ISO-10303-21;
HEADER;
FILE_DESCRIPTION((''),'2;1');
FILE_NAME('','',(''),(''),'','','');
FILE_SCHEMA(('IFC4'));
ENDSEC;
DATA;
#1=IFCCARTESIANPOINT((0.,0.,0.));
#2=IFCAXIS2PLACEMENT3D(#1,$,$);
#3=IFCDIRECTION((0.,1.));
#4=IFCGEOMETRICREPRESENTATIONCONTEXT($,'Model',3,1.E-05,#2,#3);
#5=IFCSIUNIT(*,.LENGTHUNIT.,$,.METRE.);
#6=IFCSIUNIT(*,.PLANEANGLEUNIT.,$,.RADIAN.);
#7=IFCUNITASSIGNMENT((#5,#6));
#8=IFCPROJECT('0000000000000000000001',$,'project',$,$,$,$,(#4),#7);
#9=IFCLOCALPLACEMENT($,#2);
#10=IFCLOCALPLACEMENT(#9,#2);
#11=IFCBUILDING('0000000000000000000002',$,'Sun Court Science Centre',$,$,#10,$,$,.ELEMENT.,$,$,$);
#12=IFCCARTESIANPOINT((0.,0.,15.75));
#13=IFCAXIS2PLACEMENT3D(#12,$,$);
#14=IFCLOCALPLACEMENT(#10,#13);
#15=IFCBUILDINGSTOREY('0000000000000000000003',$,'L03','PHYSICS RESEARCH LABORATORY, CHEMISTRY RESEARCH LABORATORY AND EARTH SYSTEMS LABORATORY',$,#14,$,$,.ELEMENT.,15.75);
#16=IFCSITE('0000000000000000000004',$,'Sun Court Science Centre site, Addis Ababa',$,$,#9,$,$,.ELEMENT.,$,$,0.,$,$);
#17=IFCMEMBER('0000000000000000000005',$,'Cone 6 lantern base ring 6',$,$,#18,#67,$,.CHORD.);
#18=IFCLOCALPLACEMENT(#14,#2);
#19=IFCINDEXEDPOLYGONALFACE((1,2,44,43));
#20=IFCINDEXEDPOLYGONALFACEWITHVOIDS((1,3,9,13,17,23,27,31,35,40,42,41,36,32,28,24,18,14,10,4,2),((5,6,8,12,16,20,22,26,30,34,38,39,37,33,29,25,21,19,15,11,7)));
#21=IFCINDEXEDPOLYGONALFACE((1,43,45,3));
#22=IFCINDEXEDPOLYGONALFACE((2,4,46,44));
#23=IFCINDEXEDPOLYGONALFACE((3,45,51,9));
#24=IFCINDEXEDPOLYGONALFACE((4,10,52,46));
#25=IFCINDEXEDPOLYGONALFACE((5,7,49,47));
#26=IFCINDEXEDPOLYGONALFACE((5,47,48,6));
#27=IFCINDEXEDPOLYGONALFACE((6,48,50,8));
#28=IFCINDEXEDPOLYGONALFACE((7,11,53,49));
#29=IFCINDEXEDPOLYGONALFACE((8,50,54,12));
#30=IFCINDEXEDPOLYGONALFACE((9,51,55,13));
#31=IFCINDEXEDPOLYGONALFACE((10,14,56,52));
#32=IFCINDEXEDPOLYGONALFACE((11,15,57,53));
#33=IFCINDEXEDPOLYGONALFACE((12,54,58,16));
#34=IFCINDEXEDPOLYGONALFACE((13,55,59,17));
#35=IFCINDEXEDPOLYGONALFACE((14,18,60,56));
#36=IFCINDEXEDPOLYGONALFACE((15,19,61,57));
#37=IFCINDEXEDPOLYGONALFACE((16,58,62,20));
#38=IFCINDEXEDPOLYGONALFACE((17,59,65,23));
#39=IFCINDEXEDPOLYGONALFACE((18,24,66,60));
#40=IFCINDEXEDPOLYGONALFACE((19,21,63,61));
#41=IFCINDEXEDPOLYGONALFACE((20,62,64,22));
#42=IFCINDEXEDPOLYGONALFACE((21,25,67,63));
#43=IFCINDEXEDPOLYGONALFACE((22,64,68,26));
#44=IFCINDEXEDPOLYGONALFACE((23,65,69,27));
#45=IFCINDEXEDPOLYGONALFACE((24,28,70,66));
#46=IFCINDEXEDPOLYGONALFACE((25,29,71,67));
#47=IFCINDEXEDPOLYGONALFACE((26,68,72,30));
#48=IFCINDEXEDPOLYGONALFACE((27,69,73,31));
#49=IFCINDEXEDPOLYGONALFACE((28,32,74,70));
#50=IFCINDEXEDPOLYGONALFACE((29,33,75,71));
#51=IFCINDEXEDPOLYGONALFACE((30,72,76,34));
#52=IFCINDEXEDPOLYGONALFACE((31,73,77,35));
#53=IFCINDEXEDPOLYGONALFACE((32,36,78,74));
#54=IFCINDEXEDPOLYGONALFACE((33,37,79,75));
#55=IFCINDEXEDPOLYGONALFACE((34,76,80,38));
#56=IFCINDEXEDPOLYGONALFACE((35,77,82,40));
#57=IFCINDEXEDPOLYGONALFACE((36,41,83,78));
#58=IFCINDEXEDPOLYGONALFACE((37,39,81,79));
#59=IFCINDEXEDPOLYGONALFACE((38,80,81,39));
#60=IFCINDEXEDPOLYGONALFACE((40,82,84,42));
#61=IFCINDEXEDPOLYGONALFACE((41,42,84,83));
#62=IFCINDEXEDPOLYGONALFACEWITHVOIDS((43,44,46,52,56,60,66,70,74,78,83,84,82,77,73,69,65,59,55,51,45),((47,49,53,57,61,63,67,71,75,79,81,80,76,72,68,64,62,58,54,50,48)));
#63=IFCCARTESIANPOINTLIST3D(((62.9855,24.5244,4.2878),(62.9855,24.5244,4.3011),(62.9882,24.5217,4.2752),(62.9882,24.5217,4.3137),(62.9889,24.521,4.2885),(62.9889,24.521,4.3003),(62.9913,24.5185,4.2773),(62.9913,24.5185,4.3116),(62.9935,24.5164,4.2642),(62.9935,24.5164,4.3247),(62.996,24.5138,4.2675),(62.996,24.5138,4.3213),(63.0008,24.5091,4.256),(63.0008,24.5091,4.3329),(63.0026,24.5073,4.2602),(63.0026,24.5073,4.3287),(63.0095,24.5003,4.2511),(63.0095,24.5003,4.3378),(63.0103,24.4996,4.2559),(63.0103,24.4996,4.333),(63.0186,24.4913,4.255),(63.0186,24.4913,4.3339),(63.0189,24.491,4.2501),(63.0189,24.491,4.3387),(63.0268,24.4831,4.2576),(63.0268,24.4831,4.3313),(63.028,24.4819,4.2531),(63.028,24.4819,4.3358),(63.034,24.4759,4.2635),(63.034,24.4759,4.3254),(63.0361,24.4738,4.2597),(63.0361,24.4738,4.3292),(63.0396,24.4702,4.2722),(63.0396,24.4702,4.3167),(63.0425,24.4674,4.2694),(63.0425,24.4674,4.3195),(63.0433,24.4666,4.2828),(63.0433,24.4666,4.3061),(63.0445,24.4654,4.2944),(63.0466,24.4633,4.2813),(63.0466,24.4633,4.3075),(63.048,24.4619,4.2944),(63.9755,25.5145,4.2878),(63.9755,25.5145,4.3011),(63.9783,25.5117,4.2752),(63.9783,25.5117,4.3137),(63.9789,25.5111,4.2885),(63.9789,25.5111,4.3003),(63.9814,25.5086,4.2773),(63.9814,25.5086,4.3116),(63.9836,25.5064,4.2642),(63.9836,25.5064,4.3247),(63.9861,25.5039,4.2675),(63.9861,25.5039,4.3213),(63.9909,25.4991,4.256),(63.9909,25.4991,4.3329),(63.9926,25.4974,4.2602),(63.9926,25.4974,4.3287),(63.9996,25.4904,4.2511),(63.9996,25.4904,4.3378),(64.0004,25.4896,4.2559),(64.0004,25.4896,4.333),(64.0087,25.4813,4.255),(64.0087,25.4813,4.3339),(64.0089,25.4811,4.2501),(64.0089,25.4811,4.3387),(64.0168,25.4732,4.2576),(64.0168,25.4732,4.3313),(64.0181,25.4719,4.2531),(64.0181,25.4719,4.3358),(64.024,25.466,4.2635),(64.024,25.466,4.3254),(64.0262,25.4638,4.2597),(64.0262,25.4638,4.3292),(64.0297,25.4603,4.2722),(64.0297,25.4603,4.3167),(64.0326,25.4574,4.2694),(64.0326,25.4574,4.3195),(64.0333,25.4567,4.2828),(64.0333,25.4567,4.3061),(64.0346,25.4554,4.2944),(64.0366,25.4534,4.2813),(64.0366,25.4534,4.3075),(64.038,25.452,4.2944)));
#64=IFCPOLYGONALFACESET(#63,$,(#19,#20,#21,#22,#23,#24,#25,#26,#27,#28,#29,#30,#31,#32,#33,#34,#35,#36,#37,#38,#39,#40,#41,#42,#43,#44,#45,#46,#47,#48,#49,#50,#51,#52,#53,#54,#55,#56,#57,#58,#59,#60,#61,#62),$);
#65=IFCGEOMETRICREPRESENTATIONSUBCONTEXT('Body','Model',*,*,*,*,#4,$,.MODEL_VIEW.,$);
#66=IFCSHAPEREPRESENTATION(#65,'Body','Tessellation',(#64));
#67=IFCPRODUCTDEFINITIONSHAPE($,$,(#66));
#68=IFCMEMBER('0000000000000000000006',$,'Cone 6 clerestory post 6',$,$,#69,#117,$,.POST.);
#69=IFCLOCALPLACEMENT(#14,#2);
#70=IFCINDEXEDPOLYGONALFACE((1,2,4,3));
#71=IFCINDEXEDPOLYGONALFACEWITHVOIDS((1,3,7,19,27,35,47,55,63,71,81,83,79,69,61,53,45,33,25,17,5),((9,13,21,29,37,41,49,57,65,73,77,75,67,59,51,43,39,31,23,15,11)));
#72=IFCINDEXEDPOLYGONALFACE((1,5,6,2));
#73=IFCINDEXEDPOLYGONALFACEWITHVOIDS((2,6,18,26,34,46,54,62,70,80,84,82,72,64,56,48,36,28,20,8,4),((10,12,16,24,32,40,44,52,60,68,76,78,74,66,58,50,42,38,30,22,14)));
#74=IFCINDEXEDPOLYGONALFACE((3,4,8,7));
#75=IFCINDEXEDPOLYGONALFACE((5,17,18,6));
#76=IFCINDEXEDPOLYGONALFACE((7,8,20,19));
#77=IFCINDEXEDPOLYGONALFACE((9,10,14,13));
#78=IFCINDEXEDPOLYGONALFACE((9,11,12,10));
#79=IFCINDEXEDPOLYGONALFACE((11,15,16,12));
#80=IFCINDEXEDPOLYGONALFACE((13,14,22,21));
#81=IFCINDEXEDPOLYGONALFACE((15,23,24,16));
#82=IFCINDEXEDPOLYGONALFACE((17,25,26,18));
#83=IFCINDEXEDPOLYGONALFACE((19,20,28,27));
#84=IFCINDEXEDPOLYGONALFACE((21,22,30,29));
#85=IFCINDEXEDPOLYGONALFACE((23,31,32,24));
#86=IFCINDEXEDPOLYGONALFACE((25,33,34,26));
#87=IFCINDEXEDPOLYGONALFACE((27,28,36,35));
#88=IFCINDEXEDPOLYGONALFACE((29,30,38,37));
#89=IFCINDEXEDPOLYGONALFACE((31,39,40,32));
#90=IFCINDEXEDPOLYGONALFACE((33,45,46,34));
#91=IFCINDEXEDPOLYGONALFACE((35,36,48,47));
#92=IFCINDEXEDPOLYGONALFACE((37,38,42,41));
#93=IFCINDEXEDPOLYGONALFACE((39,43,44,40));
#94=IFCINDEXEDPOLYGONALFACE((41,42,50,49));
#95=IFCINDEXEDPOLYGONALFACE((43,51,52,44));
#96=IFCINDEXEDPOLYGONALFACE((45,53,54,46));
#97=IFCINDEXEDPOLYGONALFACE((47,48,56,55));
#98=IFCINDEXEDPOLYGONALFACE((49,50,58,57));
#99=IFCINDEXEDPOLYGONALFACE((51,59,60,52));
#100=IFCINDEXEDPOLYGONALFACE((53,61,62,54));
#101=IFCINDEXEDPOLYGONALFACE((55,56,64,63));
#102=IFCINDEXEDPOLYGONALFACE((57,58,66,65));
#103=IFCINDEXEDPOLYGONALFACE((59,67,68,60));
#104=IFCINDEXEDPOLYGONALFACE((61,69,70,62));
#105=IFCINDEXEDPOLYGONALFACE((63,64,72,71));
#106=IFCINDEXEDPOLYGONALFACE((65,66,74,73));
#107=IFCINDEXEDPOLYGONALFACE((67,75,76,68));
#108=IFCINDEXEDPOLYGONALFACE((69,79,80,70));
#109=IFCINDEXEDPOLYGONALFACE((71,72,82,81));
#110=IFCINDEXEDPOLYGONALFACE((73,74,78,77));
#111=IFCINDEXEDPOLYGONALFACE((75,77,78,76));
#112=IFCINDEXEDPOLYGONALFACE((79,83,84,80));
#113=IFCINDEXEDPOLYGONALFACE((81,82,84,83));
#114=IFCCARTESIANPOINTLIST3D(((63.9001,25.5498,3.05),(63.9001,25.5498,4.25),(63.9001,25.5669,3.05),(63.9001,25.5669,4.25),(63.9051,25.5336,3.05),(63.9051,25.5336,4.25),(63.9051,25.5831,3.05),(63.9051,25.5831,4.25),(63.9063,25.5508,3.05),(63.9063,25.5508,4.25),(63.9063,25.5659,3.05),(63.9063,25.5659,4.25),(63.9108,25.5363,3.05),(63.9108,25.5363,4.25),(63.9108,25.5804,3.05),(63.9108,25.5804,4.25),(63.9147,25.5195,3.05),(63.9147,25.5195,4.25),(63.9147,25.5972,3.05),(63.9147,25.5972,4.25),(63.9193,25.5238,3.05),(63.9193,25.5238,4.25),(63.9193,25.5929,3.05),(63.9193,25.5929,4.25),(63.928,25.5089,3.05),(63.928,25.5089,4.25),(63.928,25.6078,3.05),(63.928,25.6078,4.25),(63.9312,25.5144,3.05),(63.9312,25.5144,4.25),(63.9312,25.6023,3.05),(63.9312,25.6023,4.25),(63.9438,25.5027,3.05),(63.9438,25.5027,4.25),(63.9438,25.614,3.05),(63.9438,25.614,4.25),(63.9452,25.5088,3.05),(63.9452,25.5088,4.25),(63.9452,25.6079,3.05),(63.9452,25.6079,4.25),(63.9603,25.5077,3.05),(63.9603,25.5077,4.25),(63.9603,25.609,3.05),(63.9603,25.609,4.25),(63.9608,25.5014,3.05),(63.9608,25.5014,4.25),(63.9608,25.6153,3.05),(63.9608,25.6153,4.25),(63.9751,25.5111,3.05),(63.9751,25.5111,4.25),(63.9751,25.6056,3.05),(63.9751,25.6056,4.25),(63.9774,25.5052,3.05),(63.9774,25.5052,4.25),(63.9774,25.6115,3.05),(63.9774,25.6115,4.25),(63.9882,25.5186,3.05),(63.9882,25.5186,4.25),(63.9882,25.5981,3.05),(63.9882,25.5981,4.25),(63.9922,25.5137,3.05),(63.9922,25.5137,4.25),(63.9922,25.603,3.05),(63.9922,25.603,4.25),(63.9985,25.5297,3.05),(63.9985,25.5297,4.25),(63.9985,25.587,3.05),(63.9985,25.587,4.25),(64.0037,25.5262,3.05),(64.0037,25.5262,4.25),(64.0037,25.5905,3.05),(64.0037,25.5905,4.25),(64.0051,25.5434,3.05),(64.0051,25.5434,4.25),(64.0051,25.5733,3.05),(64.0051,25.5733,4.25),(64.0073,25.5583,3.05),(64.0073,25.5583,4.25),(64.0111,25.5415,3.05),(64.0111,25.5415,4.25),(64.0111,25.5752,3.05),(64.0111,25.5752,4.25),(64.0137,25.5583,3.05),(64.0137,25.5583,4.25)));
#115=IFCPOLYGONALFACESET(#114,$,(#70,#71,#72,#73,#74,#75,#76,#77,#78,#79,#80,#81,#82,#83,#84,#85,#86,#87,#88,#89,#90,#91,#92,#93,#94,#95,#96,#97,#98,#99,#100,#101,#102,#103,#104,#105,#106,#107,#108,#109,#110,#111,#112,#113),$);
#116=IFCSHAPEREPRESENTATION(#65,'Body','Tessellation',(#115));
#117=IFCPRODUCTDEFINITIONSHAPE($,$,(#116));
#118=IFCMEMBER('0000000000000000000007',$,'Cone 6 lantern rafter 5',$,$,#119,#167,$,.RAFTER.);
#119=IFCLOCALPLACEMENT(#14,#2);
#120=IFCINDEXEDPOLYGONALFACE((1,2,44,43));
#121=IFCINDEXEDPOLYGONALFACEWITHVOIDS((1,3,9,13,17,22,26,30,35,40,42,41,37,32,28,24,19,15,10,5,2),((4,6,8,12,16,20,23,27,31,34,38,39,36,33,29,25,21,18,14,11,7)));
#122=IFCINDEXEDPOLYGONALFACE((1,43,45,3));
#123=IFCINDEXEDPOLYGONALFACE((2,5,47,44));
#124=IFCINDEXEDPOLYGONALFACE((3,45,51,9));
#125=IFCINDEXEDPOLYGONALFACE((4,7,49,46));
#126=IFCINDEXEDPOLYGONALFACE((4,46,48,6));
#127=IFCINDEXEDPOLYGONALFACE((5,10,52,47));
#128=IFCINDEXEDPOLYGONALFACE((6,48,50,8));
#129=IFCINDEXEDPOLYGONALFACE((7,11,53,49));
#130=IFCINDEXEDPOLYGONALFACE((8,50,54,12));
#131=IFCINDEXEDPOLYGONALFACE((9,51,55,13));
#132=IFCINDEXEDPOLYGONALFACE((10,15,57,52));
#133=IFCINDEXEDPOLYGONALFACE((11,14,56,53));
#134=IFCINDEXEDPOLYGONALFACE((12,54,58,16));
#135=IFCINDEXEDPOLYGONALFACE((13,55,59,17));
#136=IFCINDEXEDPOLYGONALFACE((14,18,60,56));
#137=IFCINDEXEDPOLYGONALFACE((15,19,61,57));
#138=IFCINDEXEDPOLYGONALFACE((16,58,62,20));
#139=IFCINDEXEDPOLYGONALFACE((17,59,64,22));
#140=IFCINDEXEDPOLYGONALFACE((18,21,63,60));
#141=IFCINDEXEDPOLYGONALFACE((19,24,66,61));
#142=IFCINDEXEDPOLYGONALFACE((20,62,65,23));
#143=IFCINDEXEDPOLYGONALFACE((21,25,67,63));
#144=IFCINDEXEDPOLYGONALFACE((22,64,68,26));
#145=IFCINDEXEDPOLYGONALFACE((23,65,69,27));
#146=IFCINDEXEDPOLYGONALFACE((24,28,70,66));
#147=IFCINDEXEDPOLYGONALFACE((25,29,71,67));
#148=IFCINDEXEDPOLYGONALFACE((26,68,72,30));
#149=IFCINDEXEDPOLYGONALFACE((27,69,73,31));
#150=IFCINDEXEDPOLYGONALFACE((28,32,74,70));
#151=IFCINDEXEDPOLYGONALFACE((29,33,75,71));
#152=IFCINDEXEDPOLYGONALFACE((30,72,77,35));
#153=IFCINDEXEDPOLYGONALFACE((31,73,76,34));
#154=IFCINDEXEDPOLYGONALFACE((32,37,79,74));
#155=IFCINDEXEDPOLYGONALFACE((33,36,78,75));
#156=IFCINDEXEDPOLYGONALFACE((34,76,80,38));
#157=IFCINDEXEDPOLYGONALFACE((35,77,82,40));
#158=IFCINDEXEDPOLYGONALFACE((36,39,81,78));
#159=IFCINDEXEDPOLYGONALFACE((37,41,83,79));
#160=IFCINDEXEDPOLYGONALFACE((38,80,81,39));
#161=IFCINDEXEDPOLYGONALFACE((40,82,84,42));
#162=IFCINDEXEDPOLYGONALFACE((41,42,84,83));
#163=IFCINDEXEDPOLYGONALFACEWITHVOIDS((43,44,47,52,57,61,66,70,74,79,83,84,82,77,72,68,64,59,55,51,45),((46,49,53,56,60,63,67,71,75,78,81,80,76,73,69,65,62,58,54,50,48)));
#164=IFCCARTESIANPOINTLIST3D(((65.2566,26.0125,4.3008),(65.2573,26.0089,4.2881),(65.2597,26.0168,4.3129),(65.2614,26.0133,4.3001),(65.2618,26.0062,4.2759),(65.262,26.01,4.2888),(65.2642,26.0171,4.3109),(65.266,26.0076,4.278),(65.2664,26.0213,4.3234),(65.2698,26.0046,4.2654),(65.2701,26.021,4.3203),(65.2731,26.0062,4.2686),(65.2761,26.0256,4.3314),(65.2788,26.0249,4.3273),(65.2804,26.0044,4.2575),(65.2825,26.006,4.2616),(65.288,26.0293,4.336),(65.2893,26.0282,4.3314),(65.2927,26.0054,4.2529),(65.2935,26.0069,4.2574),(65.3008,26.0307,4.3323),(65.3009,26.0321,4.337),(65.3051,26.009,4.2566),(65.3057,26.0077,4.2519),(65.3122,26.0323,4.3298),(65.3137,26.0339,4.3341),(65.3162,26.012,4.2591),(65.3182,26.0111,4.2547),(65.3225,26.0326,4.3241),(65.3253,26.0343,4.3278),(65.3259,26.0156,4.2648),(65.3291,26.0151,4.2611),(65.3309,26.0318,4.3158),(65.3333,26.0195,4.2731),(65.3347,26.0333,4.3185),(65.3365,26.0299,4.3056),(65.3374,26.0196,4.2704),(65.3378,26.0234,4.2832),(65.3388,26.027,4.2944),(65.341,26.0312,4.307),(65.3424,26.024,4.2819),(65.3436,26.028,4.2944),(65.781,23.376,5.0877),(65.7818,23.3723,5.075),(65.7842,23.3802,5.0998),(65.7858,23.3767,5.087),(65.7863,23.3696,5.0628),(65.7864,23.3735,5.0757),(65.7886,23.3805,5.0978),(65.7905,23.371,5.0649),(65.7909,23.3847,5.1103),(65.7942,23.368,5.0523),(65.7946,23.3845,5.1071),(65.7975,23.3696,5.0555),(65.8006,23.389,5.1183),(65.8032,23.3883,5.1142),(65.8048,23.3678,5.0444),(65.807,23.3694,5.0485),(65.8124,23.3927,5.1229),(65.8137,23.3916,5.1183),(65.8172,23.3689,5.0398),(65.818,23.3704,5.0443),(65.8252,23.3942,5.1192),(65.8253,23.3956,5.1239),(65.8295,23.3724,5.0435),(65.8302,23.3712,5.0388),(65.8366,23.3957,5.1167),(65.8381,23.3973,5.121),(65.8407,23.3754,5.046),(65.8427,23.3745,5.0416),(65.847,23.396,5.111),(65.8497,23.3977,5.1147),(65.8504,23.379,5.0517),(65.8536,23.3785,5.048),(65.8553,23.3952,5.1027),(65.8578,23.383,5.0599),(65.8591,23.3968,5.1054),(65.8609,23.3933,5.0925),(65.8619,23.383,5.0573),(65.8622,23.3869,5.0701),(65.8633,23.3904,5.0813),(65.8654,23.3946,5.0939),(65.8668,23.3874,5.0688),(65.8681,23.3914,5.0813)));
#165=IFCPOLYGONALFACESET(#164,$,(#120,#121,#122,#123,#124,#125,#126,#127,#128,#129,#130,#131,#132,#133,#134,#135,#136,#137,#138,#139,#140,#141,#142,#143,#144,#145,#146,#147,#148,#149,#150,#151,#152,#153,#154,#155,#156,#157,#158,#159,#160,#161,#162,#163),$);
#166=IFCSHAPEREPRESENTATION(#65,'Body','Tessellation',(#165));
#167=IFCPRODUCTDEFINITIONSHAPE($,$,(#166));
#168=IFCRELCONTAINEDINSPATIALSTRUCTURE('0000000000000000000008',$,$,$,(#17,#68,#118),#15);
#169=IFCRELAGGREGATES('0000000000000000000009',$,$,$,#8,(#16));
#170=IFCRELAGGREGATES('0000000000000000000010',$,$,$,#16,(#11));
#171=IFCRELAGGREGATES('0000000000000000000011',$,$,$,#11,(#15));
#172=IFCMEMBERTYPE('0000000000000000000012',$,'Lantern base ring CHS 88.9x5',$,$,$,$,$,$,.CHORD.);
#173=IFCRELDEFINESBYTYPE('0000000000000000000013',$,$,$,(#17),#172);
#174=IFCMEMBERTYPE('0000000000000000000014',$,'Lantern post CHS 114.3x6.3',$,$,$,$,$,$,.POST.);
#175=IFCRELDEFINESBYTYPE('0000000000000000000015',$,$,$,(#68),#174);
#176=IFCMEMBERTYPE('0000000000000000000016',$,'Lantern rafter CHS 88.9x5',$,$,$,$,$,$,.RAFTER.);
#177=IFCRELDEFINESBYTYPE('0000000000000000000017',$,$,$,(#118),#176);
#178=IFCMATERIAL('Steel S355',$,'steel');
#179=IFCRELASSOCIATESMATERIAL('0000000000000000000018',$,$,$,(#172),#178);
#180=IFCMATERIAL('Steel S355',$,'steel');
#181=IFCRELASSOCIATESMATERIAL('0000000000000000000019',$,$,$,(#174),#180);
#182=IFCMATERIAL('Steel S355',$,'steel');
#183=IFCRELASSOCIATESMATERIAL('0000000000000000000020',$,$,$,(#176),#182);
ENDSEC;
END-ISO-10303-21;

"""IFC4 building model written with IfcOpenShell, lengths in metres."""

from ifc_helpers import new_model, si_unit, direction, frame, origin, origin_2d, place, context, subcontext, project, spatial, hollow_circle, extrude, material, material_profile, profile_set, type_object, element, save


model = new_model("IFC4")

# Units and contexts
model_context = context("Model", 3, precision=1e-05, world=origin(), true_north=direction((0.0, 1.0)))
body_context = subcontext(model_context, "Body", "Model", "MODEL_VIEW")
ifc_project = project(units=[si_unit("LENGTHUNIT", "METRE"), si_unit("PLANEANGLEUNIT", "RADIAN")], contexts=[model_context])

# Site, building, storey
site_placement = place(None, origin())
site = spatial("IfcSite", under=ifc_project, at=site_placement, Name="Sun Court Science Centre site, Addis Ababa", CompositionType="ELEMENT", RefElevation=0.0)
building_placement = place(site_placement, origin())
building = spatial("IfcBuilding", under=site, at=building_placement, Name="Sun Court Science Centre", CompositionType="ELEMENT")
storey_placement = place(building_placement, frame((0.0, 0.0, 15.75)))
storey = spatial("IfcBuildingStorey", under=building, at=storey_placement, Name="L03", Description="PHYSICS RESEARCH LABORATORY, CHEMISTRY RESEARCH LABORATORY AND EARTH SYSTEMS LABORATORY", CompositionType="ELEMENT", Elevation=15.75)

# Members
ifc_material_1 = material(Name="Steel S355", Category="steel")
ifc_material_profile_1 = material_profile(ifc_material_1, hollow_circle(Radius=0.0444, WallThickness=0.0049, at=origin_2d()), Name="CHS 88.9x5")
ifc_profile_set_1 = profile_set([ifc_material_profile_1], Name="Steel S355")
member_type_1 = type_object("IfcMemberType", Name="Lantern base ring CHS 88.9x5", PredefinedType="CHORD", material=ifc_profile_set_1)
for number, where, z_axis, x_axis, name in (
    (1, (64.0066, 25.4834, 4.2944), (-0.707107, -0.707107, 0.0), (0.707107, -0.707107, 0.0), "Cone 6 lantern base ring 6"),
):
    element("IfcMember", number, at=place(storey_placement, frame(where, z_axis=z_axis, x_axis=x_axis)), inside=storey, type_object=member_type_1, Name=name, PredefinedType="CHORD", context=body_context, shape_type="SweptSolid", body=[
        extrude(hollow_circle(Radius=0.0444, WallThickness=0.0049, at=origin_2d()), origin(), (0.0, 0.0, 1.0), 1.4001),
    ])
ifc_material_2 = material(Name="Steel S355", Category="steel")
ifc_material_profile_2 = material_profile(ifc_material_2, hollow_circle(Radius=0.0571, WallThickness=0.0063, at=origin_2d()), Name="CHS 114.3x6.3")
ifc_profile_set_2 = profile_set([ifc_material_profile_2], Name="Steel S355")
member_type_2 = type_object("IfcMemberType", Name="Lantern post CHS 114.3x6.3", PredefinedType="POST", material=ifc_profile_set_2)
member_1_placement = place(storey_placement, frame((63.9565, 25.5583, 3.05), z_axis=(0.0, 0.0, 1.0), x_axis=(1.0, 0.0, 0.0)))
element("IfcMember", 2, at=member_1_placement, inside=storey, type_object=member_type_2, Name="Cone 6 clerestory post 6", PredefinedType="POST", context=body_context, shape_type="SweptSolid", body=[
    extrude(hollow_circle(Radius=0.0571, WallThickness=0.0063, at=origin_2d()), origin(), (0.0, 0.0, 1.0), 1.2),
])
ifc_material_3 = material(Name="Steel S355", Category="steel")
ifc_material_profile_3 = material_profile(ifc_material_3, hollow_circle(Radius=0.0444, WallThickness=0.0049, at=origin_2d()), Name="CHS 88.9x5")
ifc_profile_set_3 = profile_set([ifc_material_profile_3], Name="Steel S355")
member_type_3 = type_object("IfcMemberType", Name="Lantern rafter CHS 88.9x5", PredefinedType="RAFTER", material=ifc_profile_set_3)
for number, where, z_axis, x_axis, name in (
    (3, (65.3, 26.0193, 4.2944), (0.187229, -0.941288, 0.280931), (0.980786, 0.195086, 0.0), "Cone 6 lantern rafter 5"),
):
    element("IfcMember", number, at=place(storey_placement, frame(where, z_axis=z_axis, x_axis=x_axis)), inside=storey, type_object=member_type_3, Name=name, PredefinedType="RAFTER", context=body_context, shape_type="SweptSolid", body=[
        extrude(hollow_circle(Radius=0.0444, WallThickness=0.0049, at=origin_2d()), origin(), (0.0, 0.0, 1.0), 2.801),
    ])

save(model, "model.ifc")
